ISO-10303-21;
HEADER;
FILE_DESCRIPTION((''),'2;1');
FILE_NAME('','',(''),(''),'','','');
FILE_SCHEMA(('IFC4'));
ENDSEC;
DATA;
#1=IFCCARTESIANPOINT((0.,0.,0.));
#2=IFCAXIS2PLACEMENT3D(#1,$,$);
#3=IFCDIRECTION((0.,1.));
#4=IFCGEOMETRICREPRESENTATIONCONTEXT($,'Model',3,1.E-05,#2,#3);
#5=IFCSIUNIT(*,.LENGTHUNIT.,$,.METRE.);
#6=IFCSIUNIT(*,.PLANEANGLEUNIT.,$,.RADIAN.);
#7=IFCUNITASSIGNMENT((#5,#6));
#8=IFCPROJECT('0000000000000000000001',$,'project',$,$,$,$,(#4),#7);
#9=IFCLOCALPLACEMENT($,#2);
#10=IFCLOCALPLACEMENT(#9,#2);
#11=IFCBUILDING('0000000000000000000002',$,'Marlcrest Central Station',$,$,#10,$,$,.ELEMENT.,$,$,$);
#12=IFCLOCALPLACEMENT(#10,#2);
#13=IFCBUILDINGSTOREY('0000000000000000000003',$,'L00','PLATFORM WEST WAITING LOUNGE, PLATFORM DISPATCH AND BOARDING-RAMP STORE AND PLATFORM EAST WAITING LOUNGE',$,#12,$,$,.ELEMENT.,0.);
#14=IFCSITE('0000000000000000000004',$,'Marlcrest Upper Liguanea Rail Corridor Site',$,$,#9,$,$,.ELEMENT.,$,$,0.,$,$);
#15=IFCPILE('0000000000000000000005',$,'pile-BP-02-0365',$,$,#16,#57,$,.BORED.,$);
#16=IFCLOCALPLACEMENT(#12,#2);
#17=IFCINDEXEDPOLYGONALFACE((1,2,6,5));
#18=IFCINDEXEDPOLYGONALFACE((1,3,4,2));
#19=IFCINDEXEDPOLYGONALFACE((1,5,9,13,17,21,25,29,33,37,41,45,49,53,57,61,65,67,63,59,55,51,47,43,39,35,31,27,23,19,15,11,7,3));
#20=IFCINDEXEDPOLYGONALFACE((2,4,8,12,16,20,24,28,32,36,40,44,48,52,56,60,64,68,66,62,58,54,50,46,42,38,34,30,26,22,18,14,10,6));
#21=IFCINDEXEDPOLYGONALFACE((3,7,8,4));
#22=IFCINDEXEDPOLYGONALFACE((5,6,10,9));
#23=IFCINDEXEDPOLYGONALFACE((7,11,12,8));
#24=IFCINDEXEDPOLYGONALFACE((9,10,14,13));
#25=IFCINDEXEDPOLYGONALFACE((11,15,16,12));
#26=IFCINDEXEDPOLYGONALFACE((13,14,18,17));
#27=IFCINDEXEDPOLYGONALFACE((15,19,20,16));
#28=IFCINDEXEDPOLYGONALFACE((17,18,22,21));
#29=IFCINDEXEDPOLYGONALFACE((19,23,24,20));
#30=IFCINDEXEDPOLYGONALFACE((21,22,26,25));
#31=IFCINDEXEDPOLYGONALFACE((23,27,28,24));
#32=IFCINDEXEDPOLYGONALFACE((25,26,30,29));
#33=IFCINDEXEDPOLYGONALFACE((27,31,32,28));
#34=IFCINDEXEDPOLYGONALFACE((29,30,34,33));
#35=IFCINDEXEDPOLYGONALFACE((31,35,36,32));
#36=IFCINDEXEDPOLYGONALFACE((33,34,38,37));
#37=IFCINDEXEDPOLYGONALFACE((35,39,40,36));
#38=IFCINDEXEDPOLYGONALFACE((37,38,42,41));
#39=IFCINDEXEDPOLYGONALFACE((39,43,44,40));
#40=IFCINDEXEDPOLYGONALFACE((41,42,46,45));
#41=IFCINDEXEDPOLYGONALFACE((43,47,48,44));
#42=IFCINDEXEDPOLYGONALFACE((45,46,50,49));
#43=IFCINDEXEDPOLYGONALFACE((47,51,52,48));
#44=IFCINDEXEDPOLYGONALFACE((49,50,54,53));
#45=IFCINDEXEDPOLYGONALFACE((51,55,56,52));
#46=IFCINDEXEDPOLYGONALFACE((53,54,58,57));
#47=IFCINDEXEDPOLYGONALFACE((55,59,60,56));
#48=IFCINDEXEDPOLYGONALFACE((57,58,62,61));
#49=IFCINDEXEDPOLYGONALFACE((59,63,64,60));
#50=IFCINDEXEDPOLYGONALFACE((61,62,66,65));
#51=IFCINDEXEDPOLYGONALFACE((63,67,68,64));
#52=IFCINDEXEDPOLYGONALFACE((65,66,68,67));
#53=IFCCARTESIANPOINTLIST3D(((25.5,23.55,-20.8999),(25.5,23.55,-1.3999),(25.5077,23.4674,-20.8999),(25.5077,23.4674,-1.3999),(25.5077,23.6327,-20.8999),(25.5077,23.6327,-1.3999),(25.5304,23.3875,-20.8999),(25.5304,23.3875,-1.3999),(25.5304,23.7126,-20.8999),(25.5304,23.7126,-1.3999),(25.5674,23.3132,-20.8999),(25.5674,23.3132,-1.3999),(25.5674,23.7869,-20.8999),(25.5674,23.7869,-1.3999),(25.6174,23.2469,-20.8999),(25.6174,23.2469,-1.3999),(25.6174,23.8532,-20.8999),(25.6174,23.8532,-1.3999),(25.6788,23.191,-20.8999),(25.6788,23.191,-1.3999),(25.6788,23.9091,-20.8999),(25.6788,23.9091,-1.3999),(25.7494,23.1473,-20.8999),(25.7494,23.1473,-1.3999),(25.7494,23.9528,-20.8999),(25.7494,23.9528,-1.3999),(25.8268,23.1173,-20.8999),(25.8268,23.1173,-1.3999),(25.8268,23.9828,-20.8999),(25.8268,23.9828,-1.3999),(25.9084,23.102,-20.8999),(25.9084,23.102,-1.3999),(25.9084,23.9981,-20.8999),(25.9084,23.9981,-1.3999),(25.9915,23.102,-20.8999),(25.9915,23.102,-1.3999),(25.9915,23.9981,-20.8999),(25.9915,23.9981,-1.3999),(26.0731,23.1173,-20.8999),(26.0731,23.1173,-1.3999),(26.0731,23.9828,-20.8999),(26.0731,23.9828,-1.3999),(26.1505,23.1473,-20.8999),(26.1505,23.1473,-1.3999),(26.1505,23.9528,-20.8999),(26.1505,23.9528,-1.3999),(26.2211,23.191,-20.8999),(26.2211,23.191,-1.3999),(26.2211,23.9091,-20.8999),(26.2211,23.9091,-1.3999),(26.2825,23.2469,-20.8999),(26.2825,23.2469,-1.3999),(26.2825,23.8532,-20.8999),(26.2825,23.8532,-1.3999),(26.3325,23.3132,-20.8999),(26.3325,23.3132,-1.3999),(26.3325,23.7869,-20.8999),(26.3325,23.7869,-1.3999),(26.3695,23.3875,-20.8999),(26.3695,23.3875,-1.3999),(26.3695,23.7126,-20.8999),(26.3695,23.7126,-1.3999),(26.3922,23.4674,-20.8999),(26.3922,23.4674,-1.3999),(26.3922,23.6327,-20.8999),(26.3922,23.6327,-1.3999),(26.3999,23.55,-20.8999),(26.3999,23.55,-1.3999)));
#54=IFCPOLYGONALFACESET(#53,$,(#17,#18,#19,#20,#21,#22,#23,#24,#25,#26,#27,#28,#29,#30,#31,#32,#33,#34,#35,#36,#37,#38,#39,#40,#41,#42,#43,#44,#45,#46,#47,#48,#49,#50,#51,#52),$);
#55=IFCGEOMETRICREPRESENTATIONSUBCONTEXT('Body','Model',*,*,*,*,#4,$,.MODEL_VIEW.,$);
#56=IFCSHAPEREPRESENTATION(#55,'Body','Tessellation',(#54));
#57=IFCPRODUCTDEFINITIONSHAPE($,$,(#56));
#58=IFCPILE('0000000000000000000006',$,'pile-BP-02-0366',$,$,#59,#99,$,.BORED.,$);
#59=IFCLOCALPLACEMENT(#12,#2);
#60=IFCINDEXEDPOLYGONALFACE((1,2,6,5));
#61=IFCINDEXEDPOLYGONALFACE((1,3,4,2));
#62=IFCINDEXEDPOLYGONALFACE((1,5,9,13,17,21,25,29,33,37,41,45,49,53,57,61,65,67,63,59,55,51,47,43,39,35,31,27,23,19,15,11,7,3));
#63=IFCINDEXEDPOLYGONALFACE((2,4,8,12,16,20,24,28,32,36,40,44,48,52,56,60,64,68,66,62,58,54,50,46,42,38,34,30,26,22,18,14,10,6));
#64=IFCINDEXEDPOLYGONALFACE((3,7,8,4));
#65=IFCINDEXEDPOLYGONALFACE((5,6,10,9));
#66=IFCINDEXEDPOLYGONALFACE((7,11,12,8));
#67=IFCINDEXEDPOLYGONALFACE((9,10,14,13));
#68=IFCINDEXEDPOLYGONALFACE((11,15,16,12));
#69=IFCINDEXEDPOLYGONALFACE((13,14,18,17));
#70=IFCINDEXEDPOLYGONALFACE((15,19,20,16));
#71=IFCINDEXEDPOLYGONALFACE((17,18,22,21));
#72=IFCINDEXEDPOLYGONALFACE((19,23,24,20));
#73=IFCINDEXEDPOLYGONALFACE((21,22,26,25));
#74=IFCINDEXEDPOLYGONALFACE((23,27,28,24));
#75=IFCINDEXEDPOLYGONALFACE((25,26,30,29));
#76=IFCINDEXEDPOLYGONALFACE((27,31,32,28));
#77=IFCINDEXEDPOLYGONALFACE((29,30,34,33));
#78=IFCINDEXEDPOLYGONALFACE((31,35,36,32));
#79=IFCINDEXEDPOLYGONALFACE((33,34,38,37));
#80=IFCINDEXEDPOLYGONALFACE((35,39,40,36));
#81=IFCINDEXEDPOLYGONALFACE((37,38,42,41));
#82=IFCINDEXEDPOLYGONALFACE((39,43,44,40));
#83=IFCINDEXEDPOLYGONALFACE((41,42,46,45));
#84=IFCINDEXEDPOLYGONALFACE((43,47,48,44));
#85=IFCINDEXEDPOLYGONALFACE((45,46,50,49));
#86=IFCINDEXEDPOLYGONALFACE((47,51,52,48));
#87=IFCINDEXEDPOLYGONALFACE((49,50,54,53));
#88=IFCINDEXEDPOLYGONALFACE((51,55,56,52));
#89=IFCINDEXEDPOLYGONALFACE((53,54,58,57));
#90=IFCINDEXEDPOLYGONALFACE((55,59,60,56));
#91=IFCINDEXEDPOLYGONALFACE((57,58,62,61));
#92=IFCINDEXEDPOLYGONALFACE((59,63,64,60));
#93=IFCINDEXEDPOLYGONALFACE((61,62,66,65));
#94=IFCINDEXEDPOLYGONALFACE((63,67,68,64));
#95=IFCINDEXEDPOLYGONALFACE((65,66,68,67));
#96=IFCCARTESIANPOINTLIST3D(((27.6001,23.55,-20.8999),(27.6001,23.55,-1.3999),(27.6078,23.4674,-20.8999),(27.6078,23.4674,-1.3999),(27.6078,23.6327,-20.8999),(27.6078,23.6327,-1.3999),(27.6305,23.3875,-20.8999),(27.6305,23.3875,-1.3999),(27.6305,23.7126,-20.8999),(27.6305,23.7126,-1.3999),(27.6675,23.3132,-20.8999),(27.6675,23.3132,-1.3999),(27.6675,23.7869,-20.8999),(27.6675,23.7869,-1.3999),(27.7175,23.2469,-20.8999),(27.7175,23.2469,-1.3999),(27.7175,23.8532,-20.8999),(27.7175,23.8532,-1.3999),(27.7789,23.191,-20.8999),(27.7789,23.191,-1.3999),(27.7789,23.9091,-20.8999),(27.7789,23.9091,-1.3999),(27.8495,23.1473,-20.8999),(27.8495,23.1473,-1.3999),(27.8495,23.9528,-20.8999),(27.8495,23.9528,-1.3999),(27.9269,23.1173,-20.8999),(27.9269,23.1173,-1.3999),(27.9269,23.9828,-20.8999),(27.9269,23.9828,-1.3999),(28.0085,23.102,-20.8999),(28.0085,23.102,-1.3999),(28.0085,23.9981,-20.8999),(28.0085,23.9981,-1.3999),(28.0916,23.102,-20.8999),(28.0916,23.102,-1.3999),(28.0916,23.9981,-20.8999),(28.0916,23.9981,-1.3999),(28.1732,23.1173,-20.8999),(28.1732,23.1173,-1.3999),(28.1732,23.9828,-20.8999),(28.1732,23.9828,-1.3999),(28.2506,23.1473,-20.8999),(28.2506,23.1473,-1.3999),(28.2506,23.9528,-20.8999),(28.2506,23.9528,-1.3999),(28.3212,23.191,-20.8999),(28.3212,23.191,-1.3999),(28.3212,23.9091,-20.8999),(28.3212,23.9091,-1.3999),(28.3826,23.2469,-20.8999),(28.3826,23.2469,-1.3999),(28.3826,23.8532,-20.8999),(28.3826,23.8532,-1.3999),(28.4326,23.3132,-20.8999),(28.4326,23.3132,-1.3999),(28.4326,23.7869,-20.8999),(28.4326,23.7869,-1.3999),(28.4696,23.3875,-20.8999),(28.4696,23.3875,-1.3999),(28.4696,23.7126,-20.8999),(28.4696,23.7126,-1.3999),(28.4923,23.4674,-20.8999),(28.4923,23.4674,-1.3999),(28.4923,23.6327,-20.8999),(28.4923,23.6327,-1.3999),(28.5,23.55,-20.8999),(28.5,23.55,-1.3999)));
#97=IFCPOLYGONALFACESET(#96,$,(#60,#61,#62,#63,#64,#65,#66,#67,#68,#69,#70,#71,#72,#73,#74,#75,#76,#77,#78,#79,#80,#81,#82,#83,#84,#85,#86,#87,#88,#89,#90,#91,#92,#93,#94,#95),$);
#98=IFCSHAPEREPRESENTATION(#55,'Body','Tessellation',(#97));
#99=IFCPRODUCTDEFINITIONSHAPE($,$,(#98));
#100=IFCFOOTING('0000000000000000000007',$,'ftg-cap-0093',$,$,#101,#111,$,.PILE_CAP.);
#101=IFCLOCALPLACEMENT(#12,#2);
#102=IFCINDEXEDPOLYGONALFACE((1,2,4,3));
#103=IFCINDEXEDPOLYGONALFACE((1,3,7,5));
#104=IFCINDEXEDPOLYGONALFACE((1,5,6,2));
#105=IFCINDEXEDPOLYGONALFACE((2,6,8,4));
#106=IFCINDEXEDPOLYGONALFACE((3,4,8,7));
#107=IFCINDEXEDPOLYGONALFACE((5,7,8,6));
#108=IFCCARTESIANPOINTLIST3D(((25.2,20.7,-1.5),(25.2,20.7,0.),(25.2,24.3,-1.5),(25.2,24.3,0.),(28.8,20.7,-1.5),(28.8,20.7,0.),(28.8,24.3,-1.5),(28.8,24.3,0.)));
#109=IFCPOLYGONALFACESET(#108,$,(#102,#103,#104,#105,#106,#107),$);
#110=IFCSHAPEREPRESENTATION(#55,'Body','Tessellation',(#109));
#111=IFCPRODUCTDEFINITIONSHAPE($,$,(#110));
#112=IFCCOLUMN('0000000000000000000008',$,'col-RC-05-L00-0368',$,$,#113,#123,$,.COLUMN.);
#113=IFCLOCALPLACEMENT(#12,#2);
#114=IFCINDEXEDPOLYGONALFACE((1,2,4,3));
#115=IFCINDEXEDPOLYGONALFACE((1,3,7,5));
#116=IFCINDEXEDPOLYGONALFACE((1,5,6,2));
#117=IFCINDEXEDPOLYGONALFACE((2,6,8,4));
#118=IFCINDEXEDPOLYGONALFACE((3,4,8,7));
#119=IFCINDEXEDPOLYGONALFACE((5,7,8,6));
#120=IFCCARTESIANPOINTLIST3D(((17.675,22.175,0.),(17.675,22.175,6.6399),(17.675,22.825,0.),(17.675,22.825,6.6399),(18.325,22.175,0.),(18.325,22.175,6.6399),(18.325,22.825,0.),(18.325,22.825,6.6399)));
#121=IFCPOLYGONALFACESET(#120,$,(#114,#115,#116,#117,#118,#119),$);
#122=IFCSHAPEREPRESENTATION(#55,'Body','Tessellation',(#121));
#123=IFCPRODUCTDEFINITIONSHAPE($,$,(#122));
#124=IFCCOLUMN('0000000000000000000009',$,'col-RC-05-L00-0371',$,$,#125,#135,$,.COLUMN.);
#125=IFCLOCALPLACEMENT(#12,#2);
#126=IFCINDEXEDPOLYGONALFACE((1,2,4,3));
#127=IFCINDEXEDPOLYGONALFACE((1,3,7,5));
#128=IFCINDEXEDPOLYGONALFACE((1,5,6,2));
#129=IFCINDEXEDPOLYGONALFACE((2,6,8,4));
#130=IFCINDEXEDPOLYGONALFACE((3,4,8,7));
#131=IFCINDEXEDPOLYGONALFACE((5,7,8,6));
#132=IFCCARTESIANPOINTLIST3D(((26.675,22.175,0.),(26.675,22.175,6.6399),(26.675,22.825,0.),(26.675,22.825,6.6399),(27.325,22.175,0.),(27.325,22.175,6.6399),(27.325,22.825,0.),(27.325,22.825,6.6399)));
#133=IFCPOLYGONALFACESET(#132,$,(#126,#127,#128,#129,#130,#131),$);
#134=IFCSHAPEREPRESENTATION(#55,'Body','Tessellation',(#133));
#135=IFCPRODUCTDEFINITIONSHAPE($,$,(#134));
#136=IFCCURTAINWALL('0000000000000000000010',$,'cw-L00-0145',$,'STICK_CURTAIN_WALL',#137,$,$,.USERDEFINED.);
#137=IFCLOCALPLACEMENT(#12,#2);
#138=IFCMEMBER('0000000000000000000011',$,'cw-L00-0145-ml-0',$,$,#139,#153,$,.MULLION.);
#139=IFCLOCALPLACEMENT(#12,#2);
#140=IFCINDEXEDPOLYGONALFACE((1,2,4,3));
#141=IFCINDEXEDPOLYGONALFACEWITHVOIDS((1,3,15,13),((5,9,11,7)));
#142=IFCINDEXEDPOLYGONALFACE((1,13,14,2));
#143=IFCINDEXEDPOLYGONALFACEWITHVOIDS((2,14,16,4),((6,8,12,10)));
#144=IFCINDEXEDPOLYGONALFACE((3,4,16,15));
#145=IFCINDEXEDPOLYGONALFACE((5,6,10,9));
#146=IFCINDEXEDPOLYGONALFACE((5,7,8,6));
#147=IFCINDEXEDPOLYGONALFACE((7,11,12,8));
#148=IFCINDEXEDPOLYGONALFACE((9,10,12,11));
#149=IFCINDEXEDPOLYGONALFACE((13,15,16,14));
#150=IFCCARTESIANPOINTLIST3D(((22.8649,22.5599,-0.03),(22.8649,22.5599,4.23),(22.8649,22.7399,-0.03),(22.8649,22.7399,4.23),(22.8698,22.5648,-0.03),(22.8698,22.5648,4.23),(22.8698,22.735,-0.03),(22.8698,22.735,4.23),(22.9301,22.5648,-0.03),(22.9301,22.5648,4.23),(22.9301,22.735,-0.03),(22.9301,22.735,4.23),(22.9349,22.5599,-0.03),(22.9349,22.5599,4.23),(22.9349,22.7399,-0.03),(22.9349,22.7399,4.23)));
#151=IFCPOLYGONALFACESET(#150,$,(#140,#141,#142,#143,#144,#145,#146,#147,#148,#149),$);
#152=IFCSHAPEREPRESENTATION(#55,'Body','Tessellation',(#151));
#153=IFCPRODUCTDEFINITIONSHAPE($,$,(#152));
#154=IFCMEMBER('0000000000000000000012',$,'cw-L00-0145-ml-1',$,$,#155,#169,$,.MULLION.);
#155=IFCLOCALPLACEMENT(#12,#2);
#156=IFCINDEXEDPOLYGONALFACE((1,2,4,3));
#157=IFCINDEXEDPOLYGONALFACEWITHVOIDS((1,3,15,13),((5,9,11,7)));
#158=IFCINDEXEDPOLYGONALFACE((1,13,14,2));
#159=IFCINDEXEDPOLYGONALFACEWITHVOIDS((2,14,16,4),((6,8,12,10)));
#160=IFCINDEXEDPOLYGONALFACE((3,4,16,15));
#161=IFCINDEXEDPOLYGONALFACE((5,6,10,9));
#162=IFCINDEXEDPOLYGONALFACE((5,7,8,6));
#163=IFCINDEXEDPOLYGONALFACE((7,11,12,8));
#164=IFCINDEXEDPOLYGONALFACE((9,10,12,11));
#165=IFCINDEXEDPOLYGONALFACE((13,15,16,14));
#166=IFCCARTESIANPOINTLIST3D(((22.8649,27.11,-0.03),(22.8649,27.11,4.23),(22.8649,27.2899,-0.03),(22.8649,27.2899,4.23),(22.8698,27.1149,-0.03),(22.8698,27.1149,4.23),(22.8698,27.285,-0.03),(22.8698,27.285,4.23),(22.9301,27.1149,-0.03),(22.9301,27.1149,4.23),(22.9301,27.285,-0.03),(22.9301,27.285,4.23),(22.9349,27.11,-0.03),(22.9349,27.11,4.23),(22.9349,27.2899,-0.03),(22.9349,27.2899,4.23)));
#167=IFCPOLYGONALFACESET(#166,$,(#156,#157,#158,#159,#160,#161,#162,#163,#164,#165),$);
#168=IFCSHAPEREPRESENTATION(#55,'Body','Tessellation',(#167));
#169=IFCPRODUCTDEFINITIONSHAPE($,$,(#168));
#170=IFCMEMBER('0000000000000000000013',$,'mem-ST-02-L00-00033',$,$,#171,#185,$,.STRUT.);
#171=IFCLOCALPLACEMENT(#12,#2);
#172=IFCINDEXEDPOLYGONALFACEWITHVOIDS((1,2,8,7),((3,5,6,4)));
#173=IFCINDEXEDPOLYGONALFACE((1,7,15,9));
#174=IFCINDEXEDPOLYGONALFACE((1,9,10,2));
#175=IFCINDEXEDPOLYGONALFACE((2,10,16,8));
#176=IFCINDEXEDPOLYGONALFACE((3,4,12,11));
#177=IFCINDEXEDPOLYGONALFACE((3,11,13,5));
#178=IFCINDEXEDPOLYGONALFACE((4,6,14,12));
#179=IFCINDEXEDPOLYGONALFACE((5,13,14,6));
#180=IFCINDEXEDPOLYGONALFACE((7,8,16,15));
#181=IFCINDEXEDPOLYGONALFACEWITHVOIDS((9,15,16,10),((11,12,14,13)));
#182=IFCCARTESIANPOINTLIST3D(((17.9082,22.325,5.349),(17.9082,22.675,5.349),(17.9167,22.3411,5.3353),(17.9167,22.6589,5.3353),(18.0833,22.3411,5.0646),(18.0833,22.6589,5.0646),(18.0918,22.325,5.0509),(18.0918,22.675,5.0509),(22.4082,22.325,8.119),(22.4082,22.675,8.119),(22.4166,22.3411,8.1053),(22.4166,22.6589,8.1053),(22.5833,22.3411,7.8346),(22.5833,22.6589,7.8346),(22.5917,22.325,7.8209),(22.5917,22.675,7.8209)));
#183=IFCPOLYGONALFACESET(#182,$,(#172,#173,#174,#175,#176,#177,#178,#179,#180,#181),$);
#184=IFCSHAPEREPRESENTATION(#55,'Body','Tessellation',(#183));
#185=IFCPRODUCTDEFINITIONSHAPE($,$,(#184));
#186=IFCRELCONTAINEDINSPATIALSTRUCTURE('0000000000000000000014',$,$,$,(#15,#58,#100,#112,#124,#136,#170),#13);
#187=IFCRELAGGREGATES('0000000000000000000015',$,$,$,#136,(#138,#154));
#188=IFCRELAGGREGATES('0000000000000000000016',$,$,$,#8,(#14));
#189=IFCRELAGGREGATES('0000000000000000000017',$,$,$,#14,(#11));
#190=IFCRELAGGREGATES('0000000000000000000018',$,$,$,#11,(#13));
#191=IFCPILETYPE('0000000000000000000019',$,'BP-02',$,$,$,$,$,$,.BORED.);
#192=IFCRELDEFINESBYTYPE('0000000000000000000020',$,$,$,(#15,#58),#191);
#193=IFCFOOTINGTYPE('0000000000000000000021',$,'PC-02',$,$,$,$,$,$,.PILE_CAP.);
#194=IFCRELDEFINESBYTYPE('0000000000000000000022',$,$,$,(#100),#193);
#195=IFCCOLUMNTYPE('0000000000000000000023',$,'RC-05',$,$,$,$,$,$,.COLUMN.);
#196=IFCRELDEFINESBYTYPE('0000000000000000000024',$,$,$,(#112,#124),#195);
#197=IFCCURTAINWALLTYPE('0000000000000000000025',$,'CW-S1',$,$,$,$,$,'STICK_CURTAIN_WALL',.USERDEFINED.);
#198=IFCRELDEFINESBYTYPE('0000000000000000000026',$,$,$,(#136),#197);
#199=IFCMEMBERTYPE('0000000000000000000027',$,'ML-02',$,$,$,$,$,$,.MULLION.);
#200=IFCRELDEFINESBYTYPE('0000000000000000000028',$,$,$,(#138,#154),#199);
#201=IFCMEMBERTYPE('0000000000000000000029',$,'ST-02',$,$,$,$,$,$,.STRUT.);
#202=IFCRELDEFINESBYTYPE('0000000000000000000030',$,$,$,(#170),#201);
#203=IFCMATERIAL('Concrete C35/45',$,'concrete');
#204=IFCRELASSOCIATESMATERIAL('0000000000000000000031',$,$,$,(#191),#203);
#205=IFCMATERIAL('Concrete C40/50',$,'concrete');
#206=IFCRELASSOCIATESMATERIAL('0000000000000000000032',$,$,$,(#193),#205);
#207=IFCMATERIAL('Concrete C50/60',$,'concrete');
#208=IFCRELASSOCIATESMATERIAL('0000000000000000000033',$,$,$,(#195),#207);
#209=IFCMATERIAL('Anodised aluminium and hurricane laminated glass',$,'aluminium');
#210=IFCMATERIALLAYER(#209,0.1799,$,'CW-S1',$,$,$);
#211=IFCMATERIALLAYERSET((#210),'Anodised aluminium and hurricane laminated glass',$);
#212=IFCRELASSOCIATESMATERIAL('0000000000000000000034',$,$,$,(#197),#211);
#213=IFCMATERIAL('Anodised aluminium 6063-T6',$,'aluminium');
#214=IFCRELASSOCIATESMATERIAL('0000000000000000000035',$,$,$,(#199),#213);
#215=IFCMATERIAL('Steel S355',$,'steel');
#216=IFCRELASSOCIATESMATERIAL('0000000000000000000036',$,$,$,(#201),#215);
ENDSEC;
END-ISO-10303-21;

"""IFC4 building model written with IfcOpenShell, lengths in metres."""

from ifc_helpers import new_model, si_unit, direction, frame, origin, origin_2d, place, context, subcontext, project, spatial, rectangle, hollow_rectangle, circle, extrude, material, layer, layer_set, material_profile, profile_set, type_object, element, aggregate, save


model = new_model("IFC4")

# Units and contexts
model_context = context("Model", 3, precision=1e-05, world=origin(), true_north=direction((0.0, 1.0)))
body_context = subcontext(model_context, "Body", "Model", "MODEL_VIEW")
ifc_project = project(units=[si_unit("LENGTHUNIT", "METRE"), si_unit("PLANEANGLEUNIT", "RADIAN")], contexts=[model_context])

# Site, building, storey
site_placement = place(None, origin())
site = spatial("IfcSite", under=ifc_project, at=site_placement, Name="Marlcrest Upper Liguanea Rail Corridor Site", CompositionType="ELEMENT", RefElevation=0.0)
building_placement = place(site_placement, origin())
building = spatial("IfcBuilding", under=site, at=building_placement, Name="Marlcrest Central Station", CompositionType="ELEMENT")
storey_placement = place(building_placement, origin())
storey = spatial("IfcBuildingStorey", under=building, at=storey_placement, Name="L00", Description="PLATFORM WEST WAITING LOUNGE, PLATFORM DISPATCH AND BOARDING-RAMP STORE AND PLATFORM EAST WAITING LOUNGE", CompositionType="ELEMENT", Elevation=0.0)

# Piles
ifc_material_1 = material(Name="Concrete C35/45", Category="concrete")
ifc_material_profile_1 = material_profile(ifc_material_1, circle(Radius=0.45, at=origin_2d()), Name="PILE D900")
ifc_profile_set_1 = profile_set([ifc_material_profile_1], Name="Concrete C35/45")
pile_type = type_object("IfcPileType", Name="BP-02", PredefinedType="BORED", material=ifc_profile_set_1)
for number, where, z_axis, x_axis, name in (
    (1, (25.95, 23.55, -1.3999), (0.0, 0.0, -1.0), (1.0, 0.0, 0.0), "pile-BP-02-0365"),
    (2, (28.05, 23.55, -1.3999), (0.0, 0.0, -1.0), (1.0, 0.0, 0.0), "pile-BP-02-0366"),
):
    element("IfcPile", number, at=place(storey_placement, frame(where, z_axis=z_axis, x_axis=x_axis)), inside=storey, type_object=pile_type, Name=name, PredefinedType="BORED", context=body_context, shape_type="SweptSolid", body=[
        extrude(circle(Radius=0.45, at=origin_2d()), origin(), (0.0, 0.0, 1.0), 19.5),
    ])

# Footing
ifc_material_2 = material(Name="Concrete C40/50", Category="concrete")
footing_type = type_object("IfcFootingType", Name="PC-02", PredefinedType="PILE_CAP", material=ifc_material_2)
footing_placement = place(storey_placement, frame((27.0, 22.5, -1.5), z_axis=(0.0, 0.0, 1.0), x_axis=(1.0, 0.0, 0.0)))
element("IfcFooting", 3, at=footing_placement, inside=storey, type_object=footing_type, Name="ftg-cap-0093", PredefinedType="PILE_CAP", context=body_context, shape_type="SweptSolid", body=[
    extrude(rectangle(XDim=3.6001, YDim=3.6001, at=origin_2d()), origin(), (0.0, 0.0, 1.0), 1.5),
])

# Columns
ifc_material_3 = material(Name="Concrete C50/60", Category="concrete")
ifc_material_profile_2 = material_profile(ifc_material_3, rectangle(XDim=0.6499, YDim=0.6499, at=origin_2d()), Name="RC 650x650")
ifc_profile_set_2 = profile_set([ifc_material_profile_2], Name="Concrete C50/60")
column_type = type_object("IfcColumnType", Name="RC-05", PredefinedType="COLUMN", material=ifc_profile_set_2)
for number, where, z_axis, x_axis, name in (
    (4, (18.0, 22.5, 0.0), (0.0, 0.0, 1.0), (1.0, 0.0, 0.0), "col-RC-05-L00-0368"),
    (5, (27.0, 22.5, 0.0), (0.0, 0.0, 1.0), (1.0, 0.0, 0.0), "col-RC-05-L00-0371"),
):
    element("IfcColumn", number, at=place(storey_placement, frame(where, z_axis=z_axis, x_axis=x_axis)), inside=storey, type_object=column_type, Name=name, PredefinedType="COLUMN", context=body_context, shape_type="SweptSolid", body=[
        extrude(rectangle(XDim=0.6499, YDim=0.6499, at=origin_2d()), origin(), (0.0, 0.0, 1.0), 6.6399),
    ])

# Curtain wall, members
ifc_material_4 = material(Name="Anodised aluminium and hurricane laminated glass", Category="aluminium")
ifc_layer_1 = layer(ifc_material_4, 0.1799, Name="CW-S1")
ifc_layer_set_1 = layer_set([ifc_layer_1], Name="Anodised aluminium and hurricane laminated glass")
curtain_wall_type = type_object("IfcCurtainWallType", Name="CW-S1", ElementType="STICK_CURTAIN_WALL", PredefinedType="USERDEFINED", material=ifc_layer_set_1)
curtain_wall_placement = place(storey_placement, origin())
curtain_wall = element("IfcCurtainWall", 6, at=curtain_wall_placement, inside=storey, type_object=curtain_wall_type, Name="cw-L00-0145", ObjectType="STICK_CURTAIN_WALL", PredefinedType="USERDEFINED")
ifc_material_5 = material(Name="Anodised aluminium 6063-T6", Category="aluminium")
ifc_material_profile_3 = material_profile(ifc_material_5, hollow_rectangle(XDim=0.0701, YDim=0.1799, WallThickness=0.0049, at=origin_2d()), Name="AA-RHS 180x70x5")
ifc_profile_set_3 = profile_set([ifc_material_profile_3], Name="Anodised aluminium 6063-T6")
member_type_1 = type_object("IfcMemberType", Name="ML-02", PredefinedType="MULLION", material=ifc_profile_set_3)
member_1_placement = place(storey_placement, frame((22.8999, 22.6499, -0.03), z_axis=(0.0, 0.0, 1.0), x_axis=(1.0, 0.0, 0.0)))
member_1 = element("IfcMember", 7, at=member_1_placement, type_object=member_type_1, Name="cw-L00-0145-ml-0", PredefinedType="MULLION", context=body_context, shape_type="SweptSolid", body=[
    extrude(hollow_rectangle(XDim=0.0701, YDim=0.1799, WallThickness=0.0049, at=origin_2d()), origin(), (0.0, 0.0, 1.0), 4.26),
])
member_2_placement = place(storey_placement, frame((22.8999, 27.2, -0.03), z_axis=(0.0, 0.0, 1.0), x_axis=(1.0, 0.0, 0.0)))
member_2 = element("IfcMember", 8, at=member_2_placement, type_object=member_type_1, Name="cw-L00-0145-ml-1", PredefinedType="MULLION", context=body_context, shape_type="SweptSolid", body=[
    extrude(hollow_rectangle(XDim=0.0701, YDim=0.1799, WallThickness=0.0049, at=origin_2d()), origin(), (0.0, 0.0, 1.0), 4.26),
])

# Member
ifc_material_6 = material(Name="Steel S355", Category="steel")
ifc_material_profile_4 = material_profile(ifc_material_6, hollow_rectangle(XDim=0.3501, YDim=0.3501, WallThickness=0.0161, at=origin_2d()), Name="SHS 350x350x16")
ifc_profile_set_4 = profile_set([ifc_material_profile_4], Name="Steel S355")
member_type_2 = type_object("IfcMemberType", Name="ST-02", PredefinedType="STRUT", material=ifc_profile_set_4)
for number, where, z_axis, x_axis, name in (
    (9, (18.0, 22.5, 5.2), (0.851592, 0.0, 0.524206), (0.0, 1.0, 0.0), "mem-ST-02-L00-00033"),
):
    element("IfcMember", number, at=place(storey_placement, frame(where, z_axis=z_axis, x_axis=x_axis)), inside=storey, type_object=member_type_2, Name=name, PredefinedType="STRUT", context=body_context, shape_type="SweptSolid", body=[
        extrude(hollow_rectangle(XDim=0.3501, YDim=0.3501, WallThickness=0.0161, at=origin_2d()), origin(), (0.0, 0.0, 1.0), 5.2842),
    ])

aggregate(curtain_wall, [member_1, member_2])

save(model, "model.ifc")
